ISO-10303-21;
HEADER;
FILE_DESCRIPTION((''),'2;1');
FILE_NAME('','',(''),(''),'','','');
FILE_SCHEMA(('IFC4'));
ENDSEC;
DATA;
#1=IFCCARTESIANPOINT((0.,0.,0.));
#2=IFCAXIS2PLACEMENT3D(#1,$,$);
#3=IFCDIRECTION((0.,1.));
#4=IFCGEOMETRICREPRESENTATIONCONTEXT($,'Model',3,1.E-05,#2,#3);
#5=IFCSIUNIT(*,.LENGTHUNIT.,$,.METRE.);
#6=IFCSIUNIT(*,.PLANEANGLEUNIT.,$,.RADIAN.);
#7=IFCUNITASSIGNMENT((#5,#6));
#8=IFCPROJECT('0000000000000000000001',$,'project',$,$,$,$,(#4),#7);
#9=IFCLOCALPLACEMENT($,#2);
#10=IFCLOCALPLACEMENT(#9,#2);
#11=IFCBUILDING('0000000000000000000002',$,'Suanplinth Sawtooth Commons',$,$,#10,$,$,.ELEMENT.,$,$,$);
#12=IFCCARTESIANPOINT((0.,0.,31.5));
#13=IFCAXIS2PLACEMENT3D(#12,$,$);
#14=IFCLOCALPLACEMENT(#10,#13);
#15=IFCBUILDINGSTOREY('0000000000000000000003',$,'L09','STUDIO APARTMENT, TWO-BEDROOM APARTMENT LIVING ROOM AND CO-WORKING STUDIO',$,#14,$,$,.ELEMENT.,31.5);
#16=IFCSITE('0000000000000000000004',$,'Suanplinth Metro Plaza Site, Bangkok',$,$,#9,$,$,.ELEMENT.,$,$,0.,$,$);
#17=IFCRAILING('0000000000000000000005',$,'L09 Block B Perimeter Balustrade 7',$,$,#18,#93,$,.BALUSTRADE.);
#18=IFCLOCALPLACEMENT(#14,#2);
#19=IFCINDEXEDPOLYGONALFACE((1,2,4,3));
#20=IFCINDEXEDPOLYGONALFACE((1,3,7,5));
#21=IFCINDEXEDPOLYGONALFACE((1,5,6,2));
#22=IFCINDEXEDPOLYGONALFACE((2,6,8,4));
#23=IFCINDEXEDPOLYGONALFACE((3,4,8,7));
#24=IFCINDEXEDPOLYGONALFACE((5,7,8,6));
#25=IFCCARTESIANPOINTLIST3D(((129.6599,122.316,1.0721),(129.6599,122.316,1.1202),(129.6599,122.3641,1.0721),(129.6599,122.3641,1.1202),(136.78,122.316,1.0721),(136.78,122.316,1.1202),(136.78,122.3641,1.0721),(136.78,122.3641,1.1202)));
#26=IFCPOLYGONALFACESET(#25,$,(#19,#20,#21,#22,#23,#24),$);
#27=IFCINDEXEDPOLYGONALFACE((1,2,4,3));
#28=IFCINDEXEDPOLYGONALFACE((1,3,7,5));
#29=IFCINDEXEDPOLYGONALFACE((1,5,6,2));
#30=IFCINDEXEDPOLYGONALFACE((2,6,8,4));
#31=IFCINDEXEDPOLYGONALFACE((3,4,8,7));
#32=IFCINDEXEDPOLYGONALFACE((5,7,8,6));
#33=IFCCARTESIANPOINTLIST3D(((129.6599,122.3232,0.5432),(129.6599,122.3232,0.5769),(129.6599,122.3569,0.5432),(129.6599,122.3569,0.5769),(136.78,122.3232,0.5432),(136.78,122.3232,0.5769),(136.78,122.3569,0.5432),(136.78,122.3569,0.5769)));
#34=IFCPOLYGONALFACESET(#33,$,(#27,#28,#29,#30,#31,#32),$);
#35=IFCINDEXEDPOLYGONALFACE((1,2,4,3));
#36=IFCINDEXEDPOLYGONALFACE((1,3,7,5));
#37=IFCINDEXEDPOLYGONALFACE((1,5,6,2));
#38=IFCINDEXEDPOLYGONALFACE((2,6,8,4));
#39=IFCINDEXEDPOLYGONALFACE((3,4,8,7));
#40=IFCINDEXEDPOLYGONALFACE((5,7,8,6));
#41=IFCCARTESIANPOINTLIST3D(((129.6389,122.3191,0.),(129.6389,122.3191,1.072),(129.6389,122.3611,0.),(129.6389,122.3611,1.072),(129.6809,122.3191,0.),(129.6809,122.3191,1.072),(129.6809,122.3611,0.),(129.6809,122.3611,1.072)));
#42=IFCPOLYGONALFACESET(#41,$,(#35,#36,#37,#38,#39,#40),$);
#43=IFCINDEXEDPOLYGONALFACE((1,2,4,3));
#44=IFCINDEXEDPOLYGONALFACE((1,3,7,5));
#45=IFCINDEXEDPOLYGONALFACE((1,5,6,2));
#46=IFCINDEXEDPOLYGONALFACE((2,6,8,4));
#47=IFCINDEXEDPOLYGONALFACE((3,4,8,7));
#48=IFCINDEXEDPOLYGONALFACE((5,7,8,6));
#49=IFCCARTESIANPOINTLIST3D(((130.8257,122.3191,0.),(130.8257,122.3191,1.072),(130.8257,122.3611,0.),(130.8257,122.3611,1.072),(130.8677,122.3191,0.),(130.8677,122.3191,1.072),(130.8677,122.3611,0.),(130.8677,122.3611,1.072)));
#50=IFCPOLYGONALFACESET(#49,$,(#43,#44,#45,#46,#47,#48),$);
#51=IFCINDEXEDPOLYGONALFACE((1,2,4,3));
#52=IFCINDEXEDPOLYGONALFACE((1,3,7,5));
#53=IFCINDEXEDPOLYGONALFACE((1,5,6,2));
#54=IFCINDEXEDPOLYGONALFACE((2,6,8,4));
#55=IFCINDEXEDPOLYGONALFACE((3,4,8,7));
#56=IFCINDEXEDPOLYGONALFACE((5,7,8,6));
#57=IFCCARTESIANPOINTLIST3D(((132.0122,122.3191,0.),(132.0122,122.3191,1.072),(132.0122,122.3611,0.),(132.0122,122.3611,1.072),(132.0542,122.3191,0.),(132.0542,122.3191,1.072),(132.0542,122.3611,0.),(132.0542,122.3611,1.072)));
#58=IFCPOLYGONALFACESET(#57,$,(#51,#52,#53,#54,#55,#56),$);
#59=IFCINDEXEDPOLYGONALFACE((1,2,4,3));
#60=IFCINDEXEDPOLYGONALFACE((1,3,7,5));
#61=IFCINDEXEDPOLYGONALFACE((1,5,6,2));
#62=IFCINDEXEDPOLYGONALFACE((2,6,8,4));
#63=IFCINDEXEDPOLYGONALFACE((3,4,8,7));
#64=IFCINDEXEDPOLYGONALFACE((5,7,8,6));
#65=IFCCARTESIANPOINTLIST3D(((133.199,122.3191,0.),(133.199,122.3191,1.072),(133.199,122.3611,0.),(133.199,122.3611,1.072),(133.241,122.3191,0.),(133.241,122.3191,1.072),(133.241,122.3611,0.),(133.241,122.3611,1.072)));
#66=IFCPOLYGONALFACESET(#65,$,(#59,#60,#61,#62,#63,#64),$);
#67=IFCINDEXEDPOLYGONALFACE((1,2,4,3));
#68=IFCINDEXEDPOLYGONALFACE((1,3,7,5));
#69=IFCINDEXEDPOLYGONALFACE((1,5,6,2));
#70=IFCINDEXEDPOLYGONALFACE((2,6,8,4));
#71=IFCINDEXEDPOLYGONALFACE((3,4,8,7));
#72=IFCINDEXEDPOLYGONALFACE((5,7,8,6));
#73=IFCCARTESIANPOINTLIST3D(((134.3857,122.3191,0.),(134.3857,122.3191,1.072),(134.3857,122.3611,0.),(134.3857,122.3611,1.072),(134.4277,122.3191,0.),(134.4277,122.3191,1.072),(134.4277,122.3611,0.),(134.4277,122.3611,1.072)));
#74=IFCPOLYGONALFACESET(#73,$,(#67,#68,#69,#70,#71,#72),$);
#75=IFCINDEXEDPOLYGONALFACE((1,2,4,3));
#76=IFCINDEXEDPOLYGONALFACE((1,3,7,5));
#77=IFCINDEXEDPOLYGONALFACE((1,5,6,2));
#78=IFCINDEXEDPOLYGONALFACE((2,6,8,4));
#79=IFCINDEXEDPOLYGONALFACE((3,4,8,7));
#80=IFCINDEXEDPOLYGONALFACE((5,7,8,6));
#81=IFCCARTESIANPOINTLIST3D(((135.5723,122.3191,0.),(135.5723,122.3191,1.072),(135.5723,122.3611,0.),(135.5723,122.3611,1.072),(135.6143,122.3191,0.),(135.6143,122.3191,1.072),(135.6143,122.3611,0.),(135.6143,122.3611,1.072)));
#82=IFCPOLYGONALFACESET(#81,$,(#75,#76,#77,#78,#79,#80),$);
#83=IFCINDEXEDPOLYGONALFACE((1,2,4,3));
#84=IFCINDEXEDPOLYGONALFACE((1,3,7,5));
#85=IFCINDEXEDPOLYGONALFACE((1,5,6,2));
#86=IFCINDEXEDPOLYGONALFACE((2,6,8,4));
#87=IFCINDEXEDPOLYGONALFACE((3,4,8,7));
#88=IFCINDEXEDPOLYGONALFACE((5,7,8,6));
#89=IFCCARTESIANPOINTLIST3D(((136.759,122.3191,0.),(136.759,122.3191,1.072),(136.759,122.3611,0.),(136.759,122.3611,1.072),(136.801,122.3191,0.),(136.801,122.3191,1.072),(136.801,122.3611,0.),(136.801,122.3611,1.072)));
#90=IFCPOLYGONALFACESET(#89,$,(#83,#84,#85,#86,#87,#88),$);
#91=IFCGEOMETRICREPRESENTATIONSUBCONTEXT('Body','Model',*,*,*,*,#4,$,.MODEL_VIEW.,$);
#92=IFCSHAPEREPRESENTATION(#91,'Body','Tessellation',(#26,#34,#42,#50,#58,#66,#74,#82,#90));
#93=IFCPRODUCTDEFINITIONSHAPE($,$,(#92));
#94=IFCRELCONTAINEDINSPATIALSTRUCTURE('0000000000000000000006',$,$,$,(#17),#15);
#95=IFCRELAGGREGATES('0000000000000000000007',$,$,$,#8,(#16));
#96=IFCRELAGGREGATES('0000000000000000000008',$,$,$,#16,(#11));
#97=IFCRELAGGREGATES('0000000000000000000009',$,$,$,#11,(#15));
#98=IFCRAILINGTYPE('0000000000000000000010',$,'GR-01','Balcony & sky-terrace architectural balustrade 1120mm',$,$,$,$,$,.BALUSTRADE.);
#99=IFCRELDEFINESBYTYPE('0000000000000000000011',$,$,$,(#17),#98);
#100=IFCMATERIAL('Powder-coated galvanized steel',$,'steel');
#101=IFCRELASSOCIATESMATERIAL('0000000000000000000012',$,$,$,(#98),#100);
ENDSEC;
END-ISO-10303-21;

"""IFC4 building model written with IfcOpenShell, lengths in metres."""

from ifc_helpers import new_model, si_unit, direction, frame, origin, origin_2d, place, context, subcontext, project, spatial, rectangle, extrude, material, type_object, element, save


model = new_model("IFC4")

# Units and contexts
model_context = context("Model", 3, precision=1e-05, world=origin(), true_north=direction((0.0, 1.0)))
body_context = subcontext(model_context, "Body", "Model", "MODEL_VIEW")
ifc_project = project(units=[si_unit("LENGTHUNIT", "METRE"), si_unit("PLANEANGLEUNIT", "RADIAN")], contexts=[model_context])

# Site, building, storey
site_placement = place(None, origin())
site = spatial("IfcSite", under=ifc_project, at=site_placement, Name="Suanplinth Metro Plaza Site, Bangkok", CompositionType="ELEMENT", RefElevation=0.0)
building_placement = place(site_placement, origin())
building = spatial("IfcBuilding", under=site, at=building_placement, Name="Suanplinth Sawtooth Commons", CompositionType="ELEMENT")
storey_placement = place(building_placement, frame((0.0, 0.0, 31.5)))
storey = spatial("IfcBuildingStorey", under=building, at=storey_placement, Name="L09", Description="STUDIO APARTMENT, TWO-BEDROOM APARTMENT LIVING ROOM AND CO-WORKING STUDIO", CompositionType="ELEMENT", Elevation=31.5)

# Railing
ifc_material_1 = material(Name="Powder-coated galvanized steel", Category="steel")
railing_type = type_object("IfcRailingType", Name="GR-01", Description="Balcony & sky-terrace architectural balustrade 1120mm", PredefinedType="BALUSTRADE", material=ifc_material_1)
railing_1_placement = place(storey_placement, frame((129.6599, 122.3401, 0.0)))
element("IfcRailing", 1, at=railing_1_placement, inside=storey, type_object=railing_type, Name="L09 Block B Perimeter Balustrade 7", PredefinedType="BALUSTRADE", context=body_context, shape_type="SweptSolid", body=[
    extrude(rectangle(XDim=0.0481, YDim=0.0481, at=origin_2d()), frame((0.0, 0.0, 1.0962), z_axis=(1.0, 0.0, 0.0), x_axis=(0.0, 1.0, 0.0)), (0.0, 0.0, 1.0), 7.1201),
    extrude(rectangle(XDim=0.0337, YDim=0.0337, at=origin_2d()), frame((0.0, 0.0, 0.5601), z_axis=(1.0, 0.0, 0.0), x_axis=(0.0, 1.0, 0.0)), (0.0, 0.0, 1.0), 7.1201),
    extrude(rectangle(XDim=0.042, YDim=0.042, at=origin_2d()), origin(), (0.0, 0.0, 1.0), 1.072),
    extrude(rectangle(XDim=0.042, YDim=0.042, at=origin_2d()), frame((1.1868, 0.0, 0.0)), (0.0, 0.0, 1.0), 1.072),
    extrude(rectangle(XDim=0.042, YDim=0.042, at=origin_2d()), frame((2.3733, 0.0, 0.0)), (0.0, 0.0, 1.0), 1.072),
    extrude(rectangle(XDim=0.042, YDim=0.042, at=origin_2d()), frame((3.5601, 0.0, 0.0)), (0.0, 0.0, 1.0), 1.072),
    extrude(rectangle(XDim=0.042, YDim=0.042, at=origin_2d()), frame((4.7468, 0.0, 0.0)), (0.0, 0.0, 1.0), 1.072),
    extrude(rectangle(XDim=0.042, YDim=0.042, at=origin_2d()), frame((5.9333, 0.0, 0.0)), (0.0, 0.0, 1.0), 1.072),
    extrude(rectangle(XDim=0.042, YDim=0.042, at=origin_2d()), frame((7.1201, 0.0, 0.0)), (0.0, 0.0, 1.0), 1.072),
])

save(model, "model.ifc")
